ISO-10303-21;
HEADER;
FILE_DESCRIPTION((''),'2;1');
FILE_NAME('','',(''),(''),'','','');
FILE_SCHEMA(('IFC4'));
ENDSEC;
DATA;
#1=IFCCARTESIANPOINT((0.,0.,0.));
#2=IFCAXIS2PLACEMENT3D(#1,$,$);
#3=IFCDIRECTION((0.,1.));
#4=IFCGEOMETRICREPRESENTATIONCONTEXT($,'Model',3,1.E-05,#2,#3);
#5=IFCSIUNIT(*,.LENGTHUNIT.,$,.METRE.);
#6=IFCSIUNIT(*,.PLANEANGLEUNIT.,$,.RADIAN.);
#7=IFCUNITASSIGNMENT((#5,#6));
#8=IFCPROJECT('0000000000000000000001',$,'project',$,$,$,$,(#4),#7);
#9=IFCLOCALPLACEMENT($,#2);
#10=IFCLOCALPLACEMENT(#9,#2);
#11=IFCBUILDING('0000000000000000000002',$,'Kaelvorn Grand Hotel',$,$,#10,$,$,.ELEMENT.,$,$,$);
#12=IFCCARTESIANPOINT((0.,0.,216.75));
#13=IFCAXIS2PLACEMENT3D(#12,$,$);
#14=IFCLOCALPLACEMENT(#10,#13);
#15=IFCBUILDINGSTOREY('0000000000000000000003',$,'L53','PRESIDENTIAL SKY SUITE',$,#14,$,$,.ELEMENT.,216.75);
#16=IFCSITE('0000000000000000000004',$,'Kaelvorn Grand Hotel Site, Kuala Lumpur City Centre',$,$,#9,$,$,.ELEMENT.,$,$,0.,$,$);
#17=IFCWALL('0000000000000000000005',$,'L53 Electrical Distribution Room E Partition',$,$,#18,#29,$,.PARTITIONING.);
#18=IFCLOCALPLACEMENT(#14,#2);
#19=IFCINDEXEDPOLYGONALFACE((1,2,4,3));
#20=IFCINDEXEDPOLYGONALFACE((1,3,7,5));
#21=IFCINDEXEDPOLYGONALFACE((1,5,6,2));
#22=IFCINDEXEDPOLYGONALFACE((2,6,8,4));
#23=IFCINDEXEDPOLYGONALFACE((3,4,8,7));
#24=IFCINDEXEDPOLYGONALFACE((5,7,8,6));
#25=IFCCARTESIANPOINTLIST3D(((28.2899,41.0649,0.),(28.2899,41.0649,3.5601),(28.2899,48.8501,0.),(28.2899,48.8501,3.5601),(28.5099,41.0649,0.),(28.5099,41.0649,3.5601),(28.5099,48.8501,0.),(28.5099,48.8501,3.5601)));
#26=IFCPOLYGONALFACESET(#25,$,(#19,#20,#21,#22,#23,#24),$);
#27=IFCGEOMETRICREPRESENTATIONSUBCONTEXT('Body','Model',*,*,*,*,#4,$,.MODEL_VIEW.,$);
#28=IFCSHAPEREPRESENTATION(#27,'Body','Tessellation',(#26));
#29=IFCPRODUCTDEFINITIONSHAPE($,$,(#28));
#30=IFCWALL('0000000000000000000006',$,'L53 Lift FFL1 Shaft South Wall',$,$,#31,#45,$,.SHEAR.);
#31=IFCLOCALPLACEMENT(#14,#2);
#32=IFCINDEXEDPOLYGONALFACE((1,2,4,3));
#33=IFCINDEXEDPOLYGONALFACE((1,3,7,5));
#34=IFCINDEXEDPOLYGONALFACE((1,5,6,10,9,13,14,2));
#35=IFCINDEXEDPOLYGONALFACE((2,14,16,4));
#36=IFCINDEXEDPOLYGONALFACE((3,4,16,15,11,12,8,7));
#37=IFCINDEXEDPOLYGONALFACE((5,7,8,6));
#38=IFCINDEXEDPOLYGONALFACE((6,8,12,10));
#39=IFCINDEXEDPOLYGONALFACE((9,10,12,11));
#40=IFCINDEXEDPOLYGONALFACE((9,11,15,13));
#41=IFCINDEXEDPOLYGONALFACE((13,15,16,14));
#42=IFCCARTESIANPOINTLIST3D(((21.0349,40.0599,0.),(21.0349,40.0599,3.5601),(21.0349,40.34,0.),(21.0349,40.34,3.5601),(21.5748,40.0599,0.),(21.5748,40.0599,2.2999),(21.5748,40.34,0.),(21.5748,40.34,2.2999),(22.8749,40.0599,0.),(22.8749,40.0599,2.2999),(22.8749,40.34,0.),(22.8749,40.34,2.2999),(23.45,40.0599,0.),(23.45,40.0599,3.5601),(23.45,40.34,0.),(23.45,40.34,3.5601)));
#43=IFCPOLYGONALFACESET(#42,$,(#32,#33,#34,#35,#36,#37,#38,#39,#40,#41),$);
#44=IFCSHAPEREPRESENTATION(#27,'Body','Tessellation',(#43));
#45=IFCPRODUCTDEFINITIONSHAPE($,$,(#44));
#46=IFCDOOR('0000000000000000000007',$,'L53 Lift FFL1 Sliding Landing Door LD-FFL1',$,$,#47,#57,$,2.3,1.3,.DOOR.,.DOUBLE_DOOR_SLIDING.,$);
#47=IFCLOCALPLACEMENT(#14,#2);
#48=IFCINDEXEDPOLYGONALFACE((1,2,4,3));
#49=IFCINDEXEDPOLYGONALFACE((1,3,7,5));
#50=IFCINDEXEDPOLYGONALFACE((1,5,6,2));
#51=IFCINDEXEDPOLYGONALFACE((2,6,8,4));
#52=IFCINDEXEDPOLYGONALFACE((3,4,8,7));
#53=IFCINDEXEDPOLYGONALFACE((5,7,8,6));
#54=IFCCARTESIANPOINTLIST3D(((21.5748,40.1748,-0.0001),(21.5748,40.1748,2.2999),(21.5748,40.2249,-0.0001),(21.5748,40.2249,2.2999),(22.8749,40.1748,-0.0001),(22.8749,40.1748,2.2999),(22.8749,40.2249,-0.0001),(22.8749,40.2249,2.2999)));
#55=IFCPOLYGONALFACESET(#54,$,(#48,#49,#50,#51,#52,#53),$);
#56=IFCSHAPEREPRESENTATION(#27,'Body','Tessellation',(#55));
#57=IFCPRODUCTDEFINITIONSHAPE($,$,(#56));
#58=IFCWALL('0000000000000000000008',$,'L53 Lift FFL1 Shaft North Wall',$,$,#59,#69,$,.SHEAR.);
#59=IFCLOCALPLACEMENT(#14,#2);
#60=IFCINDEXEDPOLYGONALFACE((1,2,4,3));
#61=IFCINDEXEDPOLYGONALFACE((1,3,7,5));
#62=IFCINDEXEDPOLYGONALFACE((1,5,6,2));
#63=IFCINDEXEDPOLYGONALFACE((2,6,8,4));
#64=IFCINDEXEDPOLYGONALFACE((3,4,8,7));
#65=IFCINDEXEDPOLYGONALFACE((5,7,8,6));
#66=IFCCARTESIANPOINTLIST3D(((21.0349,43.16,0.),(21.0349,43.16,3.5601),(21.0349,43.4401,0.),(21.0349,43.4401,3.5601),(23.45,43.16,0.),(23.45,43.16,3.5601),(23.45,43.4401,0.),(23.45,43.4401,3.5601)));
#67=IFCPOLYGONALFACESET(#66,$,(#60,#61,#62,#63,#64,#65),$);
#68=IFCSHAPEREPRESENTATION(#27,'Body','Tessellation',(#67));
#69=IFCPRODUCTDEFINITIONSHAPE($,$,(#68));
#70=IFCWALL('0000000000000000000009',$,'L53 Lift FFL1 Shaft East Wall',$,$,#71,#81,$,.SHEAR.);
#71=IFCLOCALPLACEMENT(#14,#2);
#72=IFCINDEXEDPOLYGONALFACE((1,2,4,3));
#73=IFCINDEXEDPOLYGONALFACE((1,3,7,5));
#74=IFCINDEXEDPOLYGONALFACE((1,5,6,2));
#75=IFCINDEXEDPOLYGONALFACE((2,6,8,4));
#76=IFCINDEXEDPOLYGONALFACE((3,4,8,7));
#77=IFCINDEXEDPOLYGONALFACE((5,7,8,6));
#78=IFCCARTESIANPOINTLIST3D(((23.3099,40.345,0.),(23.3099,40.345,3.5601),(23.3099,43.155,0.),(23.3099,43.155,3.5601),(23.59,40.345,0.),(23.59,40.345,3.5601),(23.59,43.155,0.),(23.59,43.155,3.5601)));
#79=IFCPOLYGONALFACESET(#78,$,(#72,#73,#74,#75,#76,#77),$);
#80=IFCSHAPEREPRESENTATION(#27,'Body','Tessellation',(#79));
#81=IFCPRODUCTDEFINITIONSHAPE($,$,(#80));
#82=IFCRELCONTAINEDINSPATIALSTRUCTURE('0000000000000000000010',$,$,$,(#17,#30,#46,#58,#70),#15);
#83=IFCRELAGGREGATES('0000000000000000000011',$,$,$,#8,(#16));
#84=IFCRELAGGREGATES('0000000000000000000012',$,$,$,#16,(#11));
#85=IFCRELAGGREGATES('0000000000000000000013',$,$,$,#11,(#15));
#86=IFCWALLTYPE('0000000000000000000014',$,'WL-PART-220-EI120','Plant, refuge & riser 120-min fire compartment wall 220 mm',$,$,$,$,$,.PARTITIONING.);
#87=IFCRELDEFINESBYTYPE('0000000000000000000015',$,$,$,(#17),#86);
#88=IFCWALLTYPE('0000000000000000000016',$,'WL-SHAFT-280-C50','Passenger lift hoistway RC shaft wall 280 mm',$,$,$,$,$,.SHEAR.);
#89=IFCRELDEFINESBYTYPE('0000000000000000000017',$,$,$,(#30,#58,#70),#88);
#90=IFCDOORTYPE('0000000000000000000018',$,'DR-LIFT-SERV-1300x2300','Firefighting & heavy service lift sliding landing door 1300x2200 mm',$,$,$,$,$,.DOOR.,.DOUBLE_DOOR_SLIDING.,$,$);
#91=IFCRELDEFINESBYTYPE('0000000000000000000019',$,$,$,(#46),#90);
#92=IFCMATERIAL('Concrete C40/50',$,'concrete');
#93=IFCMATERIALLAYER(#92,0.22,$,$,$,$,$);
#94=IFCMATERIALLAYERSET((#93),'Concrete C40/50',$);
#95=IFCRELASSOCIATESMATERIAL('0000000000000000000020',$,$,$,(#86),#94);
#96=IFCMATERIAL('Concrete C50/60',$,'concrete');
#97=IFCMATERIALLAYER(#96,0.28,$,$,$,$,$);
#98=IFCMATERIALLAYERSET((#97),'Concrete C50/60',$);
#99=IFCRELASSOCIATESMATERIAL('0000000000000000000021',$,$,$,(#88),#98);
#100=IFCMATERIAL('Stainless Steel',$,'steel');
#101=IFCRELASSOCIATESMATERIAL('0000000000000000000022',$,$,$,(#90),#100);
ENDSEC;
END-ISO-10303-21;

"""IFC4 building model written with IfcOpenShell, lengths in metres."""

from ifc_helpers import new_model, si_unit, direction, frame, frame_2d, origin, place, context, subcontext, project, spatial, rectangle, extrude, material, layer, layer_set, type_object, element, fill, save


model = new_model("IFC4")

# Units and contexts
model_context = context("Model", 3, precision=1e-05, world=origin(), true_north=direction((0.0, 1.0)))
body_context = subcontext(model_context, "Body", "Model", "MODEL_VIEW")
ifc_project = project(units=[si_unit("LENGTHUNIT", "METRE"), si_unit("PLANEANGLEUNIT", "RADIAN")], contexts=[model_context])

# Site, building, storey
site_placement = place(None, origin())
site = spatial("IfcSite", under=ifc_project, at=site_placement, Name="Kaelvorn Grand Hotel Site, Kuala Lumpur City Centre", CompositionType="ELEMENT", RefElevation=0.0)
building_placement = place(site_placement, origin())
building = spatial("IfcBuilding", under=site, at=building_placement, Name="Kaelvorn Grand Hotel", CompositionType="ELEMENT")
storey_placement = place(building_placement, frame((0.0, 0.0, 216.75)))
storey = spatial("IfcBuildingStorey", under=building, at=storey_placement, Name="L53", Description="PRESIDENTIAL SKY SUITE", CompositionType="ELEMENT", Elevation=216.75)

# Shared definitions
ifc_material_1 = material(Name="Concrete C50/60", Category="concrete")

# Shared definitions
ifc_material_2 = material(Name="Concrete C40/50", Category="concrete")
ifc_layer_1 = layer(ifc_material_2, 0.22)
ifc_layer_set_1 = layer_set([ifc_layer_1], Name="Concrete C40/50")
wall_type_1 = type_object("IfcWallType", Name="WL-PART-220-EI120", Description="Plant, refuge & riser 120-min fire compartment wall 220 mm", PredefinedType="PARTITIONING", material=ifc_layer_set_1)

# Wall
for number, where, z_axis, x_axis, name in (
    (1, (28.3999, 41.0649, 0.0), (0.0, 0.0, 1.0), (0.0, 1.0, 0.0), "L53 Electrical Distribution Room E Partition"),
):
    element("IfcWall", number, at=place(storey_placement, frame(where, z_axis=z_axis, x_axis=x_axis)), inside=storey, type_object=wall_type_1, Name=name, PredefinedType="PARTITIONING", context=body_context, shape_type="SweptSolid", body=[
        extrude(rectangle(XDim=7.7852, YDim=0.22, at=frame_2d((3.8926, 0.0))), origin(), (0.0, 0.0, 1.0), 3.5601),
    ])

# Wall, opening, door
ifc_layer_2 = layer(ifc_material_1, 0.28)
ifc_layer_set_2 = layer_set([ifc_layer_2], Name="Concrete C50/60")
wall_type_2 = type_object("IfcWallType", Name="WL-SHAFT-280-C50", Description="Passenger lift hoistway RC shaft wall 280 mm", PredefinedType="SHEAR", material=ifc_layer_set_2)
wall_1_placement = place(storey_placement, frame((21.0349, 40.2, 0.0), z_axis=(0.0, 0.0, 1.0), x_axis=(1.0, 0.0, 0.0)))
wall_1 = element("IfcWall", 2, at=wall_1_placement, inside=storey, type_object=wall_type_2, Name="L53 Lift FFL1 Shaft South Wall", PredefinedType="SHEAR", context=body_context, shape_type="SweptSolid", body=[
    extrude(rectangle(XDim=2.415, YDim=0.28, at=frame_2d((1.2075, 0.0))), origin(), (0.0, 0.0, 1.0), 3.5601),
])
opening_1_placement = place(wall_1_placement, frame((0.54, 0.0, 0.0)))
opening_1 = element("IfcOpeningElement", 3, at=opening_1_placement, cuts=wall_1, PredefinedType="OPENING", context=body_context, shape_type="SweptSolid", body=[
    extrude(rectangle(XDim=1.3, YDim=2.3, at=frame_2d((0.6499, 1.1499))), frame((0.0, 0.1499, 0.0), z_axis=(0.0, -1.0, 0.0), x_axis=(1.0, 0.0, 0.0)), (0.0, 0.0, 1.0), 0.3),
])
ifc_material_3 = material(Name="Stainless Steel", Category="steel")
door_type_1 = type_object("IfcDoorType", Name="DR-LIFT-SERV-1300x2300", Description="Firefighting & heavy service lift sliding landing door 1300x2200 mm", OperationType="DOUBLE_DOOR_SLIDING", PredefinedType="DOOR", material=ifc_material_3)
door_1_placement = place(opening_1_placement, origin())
door_1 = element("IfcDoor", 4, at=door_1_placement, inside=storey, type_object=door_type_1, Name="L53 Lift FFL1 Sliding Landing Door LD-FFL1", OperationType="DOUBLE_DOOR_SLIDING", OverallHeight=2.3, OverallWidth=1.3, PredefinedType="DOOR", context=body_context, shape_type="SweptSolid", body=[
    extrude(rectangle(XDim=1.3, YDim=2.3, at=frame_2d((0.6499, 1.1499))), frame((0.0, 0.0249, 0.0), z_axis=(0.0, -1.0, 0.0), x_axis=(1.0, 0.0, 0.0)), (0.0, 0.0, 1.0), 0.05),
])
fill(opening_1, door_1)

# Walls
wall_2_placement = place(storey_placement, frame((21.0349, 43.3, 0.0), z_axis=(0.0, 0.0, 1.0), x_axis=(1.0, 0.0, 0.0)))
element("IfcWall", 5, at=wall_2_placement, inside=storey, type_object=wall_type_2, Name="L53 Lift FFL1 Shaft North Wall", PredefinedType="SHEAR", context=body_context, shape_type="SweptSolid", body=[
    extrude(rectangle(XDim=2.415, YDim=0.28, at=frame_2d((1.2075, 0.0))), origin(), (0.0, 0.0, 1.0), 3.5601),
])
wall_3_placement = place(storey_placement, frame((23.45, 40.345, 0.0), z_axis=(0.0, 0.0, 1.0), x_axis=(0.0, 1.0, 0.0)))
element("IfcWall", 6, at=wall_3_placement, inside=storey, type_object=wall_type_2, Name="L53 Lift FFL1 Shaft East Wall", PredefinedType="SHEAR", context=body_context, shape_type="SweptSolid", body=[
    extrude(rectangle(XDim=2.8101, YDim=0.28, at=frame_2d((1.405, 0.0))), origin(), (0.0, 0.0, 1.0), 3.5601),
])

save(model, "model.ifc")
